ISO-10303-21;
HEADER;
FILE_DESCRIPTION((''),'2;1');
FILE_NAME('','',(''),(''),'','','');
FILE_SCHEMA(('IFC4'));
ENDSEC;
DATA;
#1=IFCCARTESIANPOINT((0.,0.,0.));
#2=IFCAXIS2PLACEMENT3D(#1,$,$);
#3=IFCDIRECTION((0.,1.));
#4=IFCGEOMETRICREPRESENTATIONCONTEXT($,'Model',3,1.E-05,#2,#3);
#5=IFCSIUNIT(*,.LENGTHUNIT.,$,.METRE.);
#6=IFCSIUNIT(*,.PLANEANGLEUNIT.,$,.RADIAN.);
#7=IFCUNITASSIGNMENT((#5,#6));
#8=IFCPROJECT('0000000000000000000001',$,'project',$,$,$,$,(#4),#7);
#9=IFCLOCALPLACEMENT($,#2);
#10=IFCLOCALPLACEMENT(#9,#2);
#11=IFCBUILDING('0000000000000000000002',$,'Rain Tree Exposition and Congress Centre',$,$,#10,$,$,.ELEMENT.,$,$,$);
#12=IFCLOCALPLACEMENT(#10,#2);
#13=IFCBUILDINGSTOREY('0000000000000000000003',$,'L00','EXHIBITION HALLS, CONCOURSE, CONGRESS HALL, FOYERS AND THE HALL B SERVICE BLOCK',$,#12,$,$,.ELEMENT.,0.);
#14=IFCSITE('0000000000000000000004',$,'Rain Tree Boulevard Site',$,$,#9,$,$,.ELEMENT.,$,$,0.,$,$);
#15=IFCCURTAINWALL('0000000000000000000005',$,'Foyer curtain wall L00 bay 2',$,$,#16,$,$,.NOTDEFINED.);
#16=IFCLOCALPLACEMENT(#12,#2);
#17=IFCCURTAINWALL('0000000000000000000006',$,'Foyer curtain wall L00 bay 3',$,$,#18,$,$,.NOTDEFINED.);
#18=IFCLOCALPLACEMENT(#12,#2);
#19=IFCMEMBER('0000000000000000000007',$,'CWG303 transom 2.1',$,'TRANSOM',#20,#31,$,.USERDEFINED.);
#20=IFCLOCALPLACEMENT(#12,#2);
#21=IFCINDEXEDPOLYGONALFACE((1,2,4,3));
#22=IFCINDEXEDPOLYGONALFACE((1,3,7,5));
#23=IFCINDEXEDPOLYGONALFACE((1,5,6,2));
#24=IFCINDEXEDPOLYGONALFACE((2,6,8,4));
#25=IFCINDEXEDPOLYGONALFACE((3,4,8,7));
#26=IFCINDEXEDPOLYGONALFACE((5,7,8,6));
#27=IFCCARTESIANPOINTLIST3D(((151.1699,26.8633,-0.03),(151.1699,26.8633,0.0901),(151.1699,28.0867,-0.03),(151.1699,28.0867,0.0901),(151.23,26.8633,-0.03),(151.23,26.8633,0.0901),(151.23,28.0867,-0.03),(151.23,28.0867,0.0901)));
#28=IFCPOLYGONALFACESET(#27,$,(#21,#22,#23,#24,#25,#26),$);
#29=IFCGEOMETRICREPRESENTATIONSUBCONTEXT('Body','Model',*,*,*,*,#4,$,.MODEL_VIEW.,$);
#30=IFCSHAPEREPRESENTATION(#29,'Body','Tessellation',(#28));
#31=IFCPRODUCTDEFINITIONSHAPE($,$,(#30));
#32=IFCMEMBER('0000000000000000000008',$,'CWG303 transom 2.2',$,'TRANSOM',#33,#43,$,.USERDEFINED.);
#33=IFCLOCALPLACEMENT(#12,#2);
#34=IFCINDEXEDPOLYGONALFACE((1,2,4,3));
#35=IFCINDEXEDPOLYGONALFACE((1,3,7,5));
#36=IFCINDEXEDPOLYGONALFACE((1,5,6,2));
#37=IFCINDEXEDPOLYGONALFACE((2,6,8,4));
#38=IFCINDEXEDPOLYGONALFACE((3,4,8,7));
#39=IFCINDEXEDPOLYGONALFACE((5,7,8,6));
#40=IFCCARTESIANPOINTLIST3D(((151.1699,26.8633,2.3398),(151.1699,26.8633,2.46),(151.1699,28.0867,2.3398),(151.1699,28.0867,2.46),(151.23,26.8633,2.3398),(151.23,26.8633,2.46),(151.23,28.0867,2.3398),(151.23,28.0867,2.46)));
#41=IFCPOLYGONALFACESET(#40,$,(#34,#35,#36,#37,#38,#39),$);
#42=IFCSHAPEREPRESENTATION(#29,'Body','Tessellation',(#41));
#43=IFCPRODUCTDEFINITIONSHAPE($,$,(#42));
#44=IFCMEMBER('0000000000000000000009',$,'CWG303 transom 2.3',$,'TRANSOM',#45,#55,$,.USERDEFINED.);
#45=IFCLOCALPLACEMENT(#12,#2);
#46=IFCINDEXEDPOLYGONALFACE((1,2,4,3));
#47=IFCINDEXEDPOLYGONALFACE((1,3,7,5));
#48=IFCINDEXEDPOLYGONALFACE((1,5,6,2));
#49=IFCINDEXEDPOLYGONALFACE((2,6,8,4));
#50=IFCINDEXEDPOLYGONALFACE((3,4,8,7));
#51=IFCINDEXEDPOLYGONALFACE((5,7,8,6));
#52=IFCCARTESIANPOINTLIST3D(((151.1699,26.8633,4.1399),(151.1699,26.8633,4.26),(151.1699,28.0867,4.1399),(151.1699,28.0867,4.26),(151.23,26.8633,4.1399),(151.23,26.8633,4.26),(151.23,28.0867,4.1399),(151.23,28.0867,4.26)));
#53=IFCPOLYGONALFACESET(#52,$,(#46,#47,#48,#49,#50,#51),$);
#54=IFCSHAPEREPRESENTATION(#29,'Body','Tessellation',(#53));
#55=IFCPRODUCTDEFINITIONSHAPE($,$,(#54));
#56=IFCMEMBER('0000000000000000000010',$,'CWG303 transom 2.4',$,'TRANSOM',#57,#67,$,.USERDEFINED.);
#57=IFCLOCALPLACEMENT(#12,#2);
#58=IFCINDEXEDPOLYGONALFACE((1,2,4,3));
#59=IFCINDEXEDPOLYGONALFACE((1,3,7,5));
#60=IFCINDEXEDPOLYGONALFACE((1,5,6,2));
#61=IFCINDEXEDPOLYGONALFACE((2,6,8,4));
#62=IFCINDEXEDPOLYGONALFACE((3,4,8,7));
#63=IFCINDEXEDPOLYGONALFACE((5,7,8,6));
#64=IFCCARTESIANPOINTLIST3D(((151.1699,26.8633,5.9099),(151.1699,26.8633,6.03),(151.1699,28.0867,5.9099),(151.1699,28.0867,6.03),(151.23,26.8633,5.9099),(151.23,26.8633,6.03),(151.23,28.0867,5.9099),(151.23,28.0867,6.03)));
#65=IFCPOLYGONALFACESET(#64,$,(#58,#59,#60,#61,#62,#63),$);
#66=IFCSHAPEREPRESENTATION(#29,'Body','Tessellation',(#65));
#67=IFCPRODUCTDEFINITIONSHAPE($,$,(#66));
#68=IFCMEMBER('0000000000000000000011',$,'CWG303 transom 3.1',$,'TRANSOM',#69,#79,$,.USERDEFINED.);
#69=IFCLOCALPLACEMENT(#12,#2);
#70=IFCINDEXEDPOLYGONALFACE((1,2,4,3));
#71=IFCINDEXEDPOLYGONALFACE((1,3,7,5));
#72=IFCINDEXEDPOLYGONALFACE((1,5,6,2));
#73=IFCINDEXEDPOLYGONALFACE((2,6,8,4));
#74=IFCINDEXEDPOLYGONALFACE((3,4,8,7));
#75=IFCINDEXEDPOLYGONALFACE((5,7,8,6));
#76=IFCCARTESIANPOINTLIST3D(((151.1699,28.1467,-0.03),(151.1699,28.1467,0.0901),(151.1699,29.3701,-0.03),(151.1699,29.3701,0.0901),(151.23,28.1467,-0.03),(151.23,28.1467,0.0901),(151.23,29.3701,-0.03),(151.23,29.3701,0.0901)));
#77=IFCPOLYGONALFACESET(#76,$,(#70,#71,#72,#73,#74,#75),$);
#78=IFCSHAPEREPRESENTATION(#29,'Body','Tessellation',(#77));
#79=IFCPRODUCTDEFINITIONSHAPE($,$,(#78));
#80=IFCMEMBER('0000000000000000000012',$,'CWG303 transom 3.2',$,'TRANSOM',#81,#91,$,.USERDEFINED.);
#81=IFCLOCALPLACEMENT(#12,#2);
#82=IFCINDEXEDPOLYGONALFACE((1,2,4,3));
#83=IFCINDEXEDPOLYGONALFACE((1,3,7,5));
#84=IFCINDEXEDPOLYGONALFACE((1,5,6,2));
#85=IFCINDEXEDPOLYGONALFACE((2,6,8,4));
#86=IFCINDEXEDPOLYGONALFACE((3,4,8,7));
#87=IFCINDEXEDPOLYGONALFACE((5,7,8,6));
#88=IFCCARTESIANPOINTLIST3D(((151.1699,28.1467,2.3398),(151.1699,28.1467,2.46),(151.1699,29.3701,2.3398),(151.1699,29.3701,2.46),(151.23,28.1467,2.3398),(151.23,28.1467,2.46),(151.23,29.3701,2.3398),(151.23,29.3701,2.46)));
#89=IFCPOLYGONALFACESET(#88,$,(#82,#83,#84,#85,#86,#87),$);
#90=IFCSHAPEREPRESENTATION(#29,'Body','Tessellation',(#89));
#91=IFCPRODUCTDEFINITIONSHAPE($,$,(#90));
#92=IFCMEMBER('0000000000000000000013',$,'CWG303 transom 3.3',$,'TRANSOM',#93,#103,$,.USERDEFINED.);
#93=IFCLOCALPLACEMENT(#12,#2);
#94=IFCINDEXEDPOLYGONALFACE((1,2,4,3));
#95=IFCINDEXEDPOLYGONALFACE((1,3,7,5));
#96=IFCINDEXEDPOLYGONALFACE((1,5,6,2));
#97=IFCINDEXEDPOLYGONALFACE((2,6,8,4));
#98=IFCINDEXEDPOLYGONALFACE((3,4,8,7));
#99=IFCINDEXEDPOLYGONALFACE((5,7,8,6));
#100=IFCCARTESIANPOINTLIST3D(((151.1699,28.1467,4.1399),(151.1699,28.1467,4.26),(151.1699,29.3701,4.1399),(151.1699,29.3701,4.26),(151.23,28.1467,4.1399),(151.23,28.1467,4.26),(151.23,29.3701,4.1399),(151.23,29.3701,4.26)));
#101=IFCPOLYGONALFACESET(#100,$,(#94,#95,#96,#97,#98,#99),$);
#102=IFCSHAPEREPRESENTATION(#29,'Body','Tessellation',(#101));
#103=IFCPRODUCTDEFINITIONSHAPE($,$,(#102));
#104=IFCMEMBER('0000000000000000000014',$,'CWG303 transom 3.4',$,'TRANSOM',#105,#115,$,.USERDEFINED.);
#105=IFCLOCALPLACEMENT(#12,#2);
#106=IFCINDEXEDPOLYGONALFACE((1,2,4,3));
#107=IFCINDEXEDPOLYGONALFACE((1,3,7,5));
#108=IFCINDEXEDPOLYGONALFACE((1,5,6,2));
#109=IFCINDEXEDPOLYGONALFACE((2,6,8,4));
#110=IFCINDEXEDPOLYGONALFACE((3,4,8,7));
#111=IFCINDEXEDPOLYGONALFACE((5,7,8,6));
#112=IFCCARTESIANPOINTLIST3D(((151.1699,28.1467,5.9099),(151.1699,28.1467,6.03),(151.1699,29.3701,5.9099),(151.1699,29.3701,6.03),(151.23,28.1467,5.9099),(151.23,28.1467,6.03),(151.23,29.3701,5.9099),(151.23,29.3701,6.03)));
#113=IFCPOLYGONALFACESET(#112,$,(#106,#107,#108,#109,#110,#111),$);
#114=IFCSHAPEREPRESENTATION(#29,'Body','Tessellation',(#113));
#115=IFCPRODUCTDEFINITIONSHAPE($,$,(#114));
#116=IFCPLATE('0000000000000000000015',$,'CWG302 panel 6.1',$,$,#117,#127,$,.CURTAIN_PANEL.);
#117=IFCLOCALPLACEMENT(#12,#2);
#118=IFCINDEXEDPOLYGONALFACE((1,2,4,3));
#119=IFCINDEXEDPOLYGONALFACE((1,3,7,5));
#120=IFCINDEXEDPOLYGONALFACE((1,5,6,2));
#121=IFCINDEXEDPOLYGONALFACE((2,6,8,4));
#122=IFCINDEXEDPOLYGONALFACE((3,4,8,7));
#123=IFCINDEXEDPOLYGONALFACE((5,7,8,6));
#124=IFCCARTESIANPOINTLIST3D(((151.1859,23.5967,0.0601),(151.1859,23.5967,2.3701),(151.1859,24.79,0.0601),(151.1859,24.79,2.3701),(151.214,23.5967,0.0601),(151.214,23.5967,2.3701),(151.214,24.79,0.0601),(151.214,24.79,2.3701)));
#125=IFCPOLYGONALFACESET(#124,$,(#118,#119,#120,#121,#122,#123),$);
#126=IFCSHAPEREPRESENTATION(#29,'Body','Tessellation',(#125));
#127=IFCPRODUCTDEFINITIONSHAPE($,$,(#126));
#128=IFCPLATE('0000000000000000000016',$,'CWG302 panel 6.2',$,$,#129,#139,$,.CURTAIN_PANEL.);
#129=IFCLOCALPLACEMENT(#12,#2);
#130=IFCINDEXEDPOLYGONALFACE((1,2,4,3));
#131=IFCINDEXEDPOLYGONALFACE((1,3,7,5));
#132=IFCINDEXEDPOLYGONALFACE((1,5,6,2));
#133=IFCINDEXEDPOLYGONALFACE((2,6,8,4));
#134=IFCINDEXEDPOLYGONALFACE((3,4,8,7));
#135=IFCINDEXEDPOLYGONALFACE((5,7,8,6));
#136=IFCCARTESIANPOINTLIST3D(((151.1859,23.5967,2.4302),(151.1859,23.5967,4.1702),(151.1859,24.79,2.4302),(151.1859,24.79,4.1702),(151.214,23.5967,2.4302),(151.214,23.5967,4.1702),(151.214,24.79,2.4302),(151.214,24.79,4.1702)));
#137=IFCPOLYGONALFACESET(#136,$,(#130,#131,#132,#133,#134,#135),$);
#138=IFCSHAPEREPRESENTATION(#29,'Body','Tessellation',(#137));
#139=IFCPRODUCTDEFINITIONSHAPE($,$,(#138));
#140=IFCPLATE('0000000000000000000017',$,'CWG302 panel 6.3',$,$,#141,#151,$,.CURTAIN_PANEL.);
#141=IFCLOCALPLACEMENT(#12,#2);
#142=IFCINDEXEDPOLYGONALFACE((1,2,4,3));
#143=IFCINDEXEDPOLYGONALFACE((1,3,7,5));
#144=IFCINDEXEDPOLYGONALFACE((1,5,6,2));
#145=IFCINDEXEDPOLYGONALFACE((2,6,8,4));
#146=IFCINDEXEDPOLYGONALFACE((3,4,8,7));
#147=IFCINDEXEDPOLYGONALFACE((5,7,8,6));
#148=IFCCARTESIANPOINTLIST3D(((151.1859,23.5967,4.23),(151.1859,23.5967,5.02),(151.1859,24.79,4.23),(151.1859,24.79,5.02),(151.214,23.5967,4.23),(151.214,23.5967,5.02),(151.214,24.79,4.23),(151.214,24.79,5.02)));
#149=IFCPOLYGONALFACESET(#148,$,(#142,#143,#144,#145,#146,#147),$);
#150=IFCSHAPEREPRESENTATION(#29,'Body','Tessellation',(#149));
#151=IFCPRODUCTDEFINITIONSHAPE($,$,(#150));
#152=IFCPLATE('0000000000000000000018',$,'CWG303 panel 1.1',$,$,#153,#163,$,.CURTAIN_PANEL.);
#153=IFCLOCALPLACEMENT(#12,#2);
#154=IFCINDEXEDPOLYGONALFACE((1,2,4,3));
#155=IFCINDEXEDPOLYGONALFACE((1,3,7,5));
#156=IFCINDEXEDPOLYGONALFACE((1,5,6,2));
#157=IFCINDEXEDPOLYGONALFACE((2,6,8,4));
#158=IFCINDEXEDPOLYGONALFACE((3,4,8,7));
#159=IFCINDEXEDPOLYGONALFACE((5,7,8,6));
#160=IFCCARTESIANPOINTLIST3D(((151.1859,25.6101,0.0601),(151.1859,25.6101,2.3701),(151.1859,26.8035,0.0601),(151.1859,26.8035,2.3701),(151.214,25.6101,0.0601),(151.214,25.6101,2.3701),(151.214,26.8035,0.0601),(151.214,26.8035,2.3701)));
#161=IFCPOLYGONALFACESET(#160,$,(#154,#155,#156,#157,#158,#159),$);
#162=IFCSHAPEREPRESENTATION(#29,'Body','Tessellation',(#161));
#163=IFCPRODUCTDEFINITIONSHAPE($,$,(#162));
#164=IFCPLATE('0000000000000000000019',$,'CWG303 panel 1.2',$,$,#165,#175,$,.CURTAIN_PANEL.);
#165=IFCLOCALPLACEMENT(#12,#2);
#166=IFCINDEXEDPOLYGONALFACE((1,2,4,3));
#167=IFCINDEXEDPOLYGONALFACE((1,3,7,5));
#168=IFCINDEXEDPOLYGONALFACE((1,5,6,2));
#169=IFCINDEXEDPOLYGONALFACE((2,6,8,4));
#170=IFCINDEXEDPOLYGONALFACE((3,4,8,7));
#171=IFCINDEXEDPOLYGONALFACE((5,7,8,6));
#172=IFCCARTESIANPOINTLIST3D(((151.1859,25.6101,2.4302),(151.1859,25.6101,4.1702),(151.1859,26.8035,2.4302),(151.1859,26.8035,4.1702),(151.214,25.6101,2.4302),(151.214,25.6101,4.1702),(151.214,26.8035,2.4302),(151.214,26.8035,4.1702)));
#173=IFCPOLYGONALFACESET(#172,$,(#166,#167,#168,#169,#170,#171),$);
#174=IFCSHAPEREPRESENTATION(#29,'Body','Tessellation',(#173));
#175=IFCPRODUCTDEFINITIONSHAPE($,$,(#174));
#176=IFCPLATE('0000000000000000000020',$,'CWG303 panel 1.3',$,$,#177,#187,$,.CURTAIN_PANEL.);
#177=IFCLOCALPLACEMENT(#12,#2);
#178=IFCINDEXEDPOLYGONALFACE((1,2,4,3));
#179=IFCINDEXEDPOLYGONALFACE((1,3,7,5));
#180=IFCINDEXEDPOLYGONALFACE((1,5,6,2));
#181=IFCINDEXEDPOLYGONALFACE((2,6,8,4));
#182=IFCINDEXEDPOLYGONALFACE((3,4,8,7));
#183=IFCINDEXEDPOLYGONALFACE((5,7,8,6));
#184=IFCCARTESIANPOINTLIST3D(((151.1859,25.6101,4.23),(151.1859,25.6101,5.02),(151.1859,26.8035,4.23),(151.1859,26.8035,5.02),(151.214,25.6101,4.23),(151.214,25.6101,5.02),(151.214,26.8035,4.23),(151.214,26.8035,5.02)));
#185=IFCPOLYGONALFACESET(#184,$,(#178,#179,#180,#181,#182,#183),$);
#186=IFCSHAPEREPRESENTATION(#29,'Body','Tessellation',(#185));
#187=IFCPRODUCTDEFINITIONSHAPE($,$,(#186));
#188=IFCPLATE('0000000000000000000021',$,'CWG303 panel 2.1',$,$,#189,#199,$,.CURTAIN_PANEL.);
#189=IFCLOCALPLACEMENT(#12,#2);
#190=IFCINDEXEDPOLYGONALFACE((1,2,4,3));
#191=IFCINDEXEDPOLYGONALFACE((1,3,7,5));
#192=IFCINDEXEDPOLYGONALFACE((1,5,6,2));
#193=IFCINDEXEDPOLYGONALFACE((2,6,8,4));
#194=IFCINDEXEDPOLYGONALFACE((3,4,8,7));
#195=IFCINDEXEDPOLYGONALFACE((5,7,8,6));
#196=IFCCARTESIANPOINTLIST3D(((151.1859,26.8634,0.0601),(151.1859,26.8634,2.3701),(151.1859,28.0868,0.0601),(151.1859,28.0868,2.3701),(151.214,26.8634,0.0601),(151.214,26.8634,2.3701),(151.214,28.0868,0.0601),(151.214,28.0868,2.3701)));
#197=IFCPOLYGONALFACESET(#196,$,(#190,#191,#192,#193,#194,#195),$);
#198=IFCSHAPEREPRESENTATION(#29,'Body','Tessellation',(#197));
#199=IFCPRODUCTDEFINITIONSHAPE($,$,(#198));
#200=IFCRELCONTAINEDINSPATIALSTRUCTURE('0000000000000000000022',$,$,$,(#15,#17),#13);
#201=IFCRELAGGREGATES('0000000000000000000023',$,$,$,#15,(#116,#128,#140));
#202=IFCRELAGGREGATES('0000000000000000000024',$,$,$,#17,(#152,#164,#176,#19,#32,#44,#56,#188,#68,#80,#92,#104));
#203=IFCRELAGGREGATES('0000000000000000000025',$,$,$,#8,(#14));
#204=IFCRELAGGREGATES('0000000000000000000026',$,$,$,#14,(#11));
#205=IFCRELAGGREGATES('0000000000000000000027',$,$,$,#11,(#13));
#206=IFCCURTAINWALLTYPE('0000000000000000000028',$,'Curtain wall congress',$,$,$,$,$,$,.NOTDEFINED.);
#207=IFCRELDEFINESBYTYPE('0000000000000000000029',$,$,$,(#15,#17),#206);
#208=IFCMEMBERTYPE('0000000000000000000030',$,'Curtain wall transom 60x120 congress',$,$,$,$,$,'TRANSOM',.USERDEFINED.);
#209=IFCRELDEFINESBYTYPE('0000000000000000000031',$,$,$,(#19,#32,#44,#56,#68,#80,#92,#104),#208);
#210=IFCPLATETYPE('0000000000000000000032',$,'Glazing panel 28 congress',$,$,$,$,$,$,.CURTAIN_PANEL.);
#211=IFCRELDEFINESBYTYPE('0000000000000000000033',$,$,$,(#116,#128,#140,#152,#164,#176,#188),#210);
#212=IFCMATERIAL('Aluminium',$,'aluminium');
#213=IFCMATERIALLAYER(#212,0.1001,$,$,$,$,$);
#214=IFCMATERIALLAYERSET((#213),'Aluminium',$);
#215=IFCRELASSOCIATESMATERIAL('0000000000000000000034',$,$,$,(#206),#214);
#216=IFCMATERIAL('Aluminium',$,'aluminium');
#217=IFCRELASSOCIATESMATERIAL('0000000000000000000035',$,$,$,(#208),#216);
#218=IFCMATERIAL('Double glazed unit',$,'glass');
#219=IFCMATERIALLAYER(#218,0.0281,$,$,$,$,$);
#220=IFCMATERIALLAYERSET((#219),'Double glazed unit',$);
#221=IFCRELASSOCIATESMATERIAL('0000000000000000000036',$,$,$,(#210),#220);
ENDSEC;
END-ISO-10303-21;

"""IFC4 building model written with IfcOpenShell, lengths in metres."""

from ifc_helpers import new_model, si_unit, direction, frame, origin, origin_2d, place, context, subcontext, project, spatial, rectangle, extrude, material, layer, layer_set, material_profile, profile_set, type_object, element, aggregate, save


model = new_model("IFC4")

# Units and contexts
model_context = context("Model", 3, precision=1e-05, world=origin(), true_north=direction((0.0, 1.0)))
body_context = subcontext(model_context, "Body", "Model", "MODEL_VIEW")
ifc_project = project(units=[si_unit("LENGTHUNIT", "METRE"), si_unit("PLANEANGLEUNIT", "RADIAN")], contexts=[model_context])

# Site, building, storey
site_placement = place(None, origin())
site = spatial("IfcSite", under=ifc_project, at=site_placement, Name="Rain Tree Boulevard Site", CompositionType="ELEMENT", RefElevation=0.0)
building_placement = place(site_placement, origin())
building = spatial("IfcBuilding", under=site, at=building_placement, Name="Rain Tree Exposition and Congress Centre", CompositionType="ELEMENT")
storey_placement = place(building_placement, origin())
storey = spatial("IfcBuildingStorey", under=building, at=storey_placement, Name="L00", Description="EXHIBITION HALLS, CONCOURSE, CONGRESS HALL, FOYERS AND THE HALL B SERVICE BLOCK", CompositionType="ELEMENT", Elevation=0.0)

# Curtain wall
ifc_material_1 = material(Name="Aluminium", Category="aluminium")
ifc_layer_1 = layer(ifc_material_1, 0.1001)
ifc_layer_set_1 = layer_set([ifc_layer_1], Name="Aluminium")
curtain_wall_type = type_object("IfcCurtainWallType", Name="Curtain wall congress", PredefinedType="NOTDEFINED", material=ifc_layer_set_1)
curtain_wall_1_placement = place(storey_placement, origin())
curtain_wall_1 = element("IfcCurtainWall", 1, at=curtain_wall_1_placement, inside=storey, type_object=curtain_wall_type, Name="Foyer curtain wall L00 bay 2", PredefinedType="NOTDEFINED")

# Curtain wall
curtain_wall_2_placement = place(storey_placement, origin())
curtain_wall_2 = element("IfcCurtainWall", 2, at=curtain_wall_2_placement, inside=storey, type_object=curtain_wall_type, Name="Foyer curtain wall L00 bay 3", PredefinedType="NOTDEFINED")

# Members
ifc_material_2 = material(Name="Aluminium", Category="aluminium")
ifc_material_profile_1 = material_profile(ifc_material_2, rectangle(XDim=0.0601, YDim=0.1201, at=origin_2d()), Name="AL 60x120")
ifc_profile_set_1 = profile_set([ifc_material_profile_1], Name="Aluminium")
member_type_1 = type_object("IfcMemberType", Name="Curtain wall transom 60x120 congress", ElementType="TRANSOM", PredefinedType="USERDEFINED", material=ifc_profile_set_1)
member_1_placement = place(storey_placement, frame((151.2, 26.8633, 0.03), z_axis=(0.0, 1.0, 0.0), x_axis=(-1.0, 0.0, 0.0)))
member_1 = element("IfcMember", 3, at=member_1_placement, type_object=member_type_1, Name="CWG303 transom 2.1", ObjectType="TRANSOM", PredefinedType="USERDEFINED", context=body_context, shape_type="SweptSolid", body=[
    extrude(rectangle(XDim=0.0601, YDim=0.1201, at=origin_2d()), origin(), (0.0, 0.0, 1.0), 1.2234),
])
member_2_placement = place(storey_placement, frame((151.2, 26.8633, 2.3999), z_axis=(0.0, 1.0, 0.0), x_axis=(-1.0, 0.0, 0.0)))
member_2 = element("IfcMember", 4, at=member_2_placement, type_object=member_type_1, Name="CWG303 transom 2.2", ObjectType="TRANSOM", PredefinedType="USERDEFINED", context=body_context, shape_type="SweptSolid", body=[
    extrude(rectangle(XDim=0.0601, YDim=0.1201, at=origin_2d()), origin(), (0.0, 0.0, 1.0), 1.2234),
])
member_3_placement = place(storey_placement, frame((151.2, 26.8633, 4.2), z_axis=(0.0, 1.0, 0.0), x_axis=(-1.0, 0.0, 0.0)))
member_3 = element("IfcMember", 5, at=member_3_placement, type_object=member_type_1, Name="CWG303 transom 2.3", ObjectType="TRANSOM", PredefinedType="USERDEFINED", context=body_context, shape_type="SweptSolid", body=[
    extrude(rectangle(XDim=0.0601, YDim=0.1201, at=origin_2d()), origin(), (0.0, 0.0, 1.0), 1.2234),
])
member_4_placement = place(storey_placement, frame((151.2, 26.8633, 5.97), z_axis=(0.0, 1.0, 0.0), x_axis=(-1.0, 0.0, 0.0)))
member_4 = element("IfcMember", 6, at=member_4_placement, type_object=member_type_1, Name="CWG303 transom 2.4", ObjectType="TRANSOM", PredefinedType="USERDEFINED", context=body_context, shape_type="SweptSolid", body=[
    extrude(rectangle(XDim=0.0601, YDim=0.1201, at=origin_2d()), origin(), (0.0, 0.0, 1.0), 1.2234),
])
member_5_placement = place(storey_placement, frame((151.2, 28.1467, 0.03), z_axis=(0.0, 1.0, 0.0), x_axis=(-1.0, 0.0, 0.0)))
member_5 = element("IfcMember", 7, at=member_5_placement, type_object=member_type_1, Name="CWG303 transom 3.1", ObjectType="TRANSOM", PredefinedType="USERDEFINED", context=body_context, shape_type="SweptSolid", body=[
    extrude(rectangle(XDim=0.0601, YDim=0.1201, at=origin_2d()), origin(), (0.0, 0.0, 1.0), 1.2234),
])
member_6_placement = place(storey_placement, frame((151.2, 28.1467, 2.3999), z_axis=(0.0, 1.0, 0.0), x_axis=(-1.0, 0.0, 0.0)))
member_6 = element("IfcMember", 8, at=member_6_placement, type_object=member_type_1, Name="CWG303 transom 3.2", ObjectType="TRANSOM", PredefinedType="USERDEFINED", context=body_context, shape_type="SweptSolid", body=[
    extrude(rectangle(XDim=0.0601, YDim=0.1201, at=origin_2d()), origin(), (0.0, 0.0, 1.0), 1.2234),
])
member_7_placement = place(storey_placement, frame((151.2, 28.1467, 4.2), z_axis=(0.0, 1.0, 0.0), x_axis=(-1.0, 0.0, 0.0)))
member_7 = element("IfcMember", 9, at=member_7_placement, type_object=member_type_1, Name="CWG303 transom 3.3", ObjectType="TRANSOM", PredefinedType="USERDEFINED", context=body_context, shape_type="SweptSolid", body=[
    extrude(rectangle(XDim=0.0601, YDim=0.1201, at=origin_2d()), origin(), (0.0, 0.0, 1.0), 1.2234),
])
member_8_placement = place(storey_placement, frame((151.2, 28.1467, 5.97), z_axis=(0.0, 1.0, 0.0), x_axis=(-1.0, 0.0, 0.0)))
member_8 = element("IfcMember", 10, at=member_8_placement, type_object=member_type_1, Name="CWG303 transom 3.4", ObjectType="TRANSOM", PredefinedType="USERDEFINED", context=body_context, shape_type="SweptSolid", body=[
    extrude(rectangle(XDim=0.0601, YDim=0.1201, at=origin_2d()), origin(), (0.0, 0.0, 1.0), 1.2234),
])

# Plates
ifc_material_3 = material(Name="Double glazed unit", Category="glass")
ifc_layer_2 = layer(ifc_material_3, 0.0281)
ifc_layer_set_2 = layer_set([ifc_layer_2], Name="Double glazed unit")
plate_type = type_object("IfcPlateType", Name="Glazing panel 28 congress", PredefinedType="CURTAIN_PANEL", material=ifc_layer_set_2)
plate_1_placement = place(storey_placement, frame((151.2, 24.1934, 0.0601), z_axis=(0.0, 0.0, 1.0), x_axis=(0.0, 1.0, 0.0)))
plate_1 = element("IfcPlate", 11, at=plate_1_placement, type_object=plate_type, Name="CWG302 panel 6.1", PredefinedType="CURTAIN_PANEL", context=body_context, shape_type="SweptSolid", body=[
    extrude(rectangle(XDim=1.1934, YDim=0.0281, at=origin_2d()), origin(), (0.0, 0.0, 1.0), 2.3101),
])
plate_2_placement = place(storey_placement, frame((151.2, 24.1934, 2.4302), z_axis=(0.0, 0.0, 1.0), x_axis=(0.0, 1.0, 0.0)))
plate_2 = element("IfcPlate", 12, at=plate_2_placement, type_object=plate_type, Name="CWG302 panel 6.2", PredefinedType="CURTAIN_PANEL", context=body_context, shape_type="SweptSolid", body=[
    extrude(rectangle(XDim=1.1934, YDim=0.0281, at=origin_2d()), origin(), (0.0, 0.0, 1.0), 1.74),
])
plate_3_placement = place(storey_placement, frame((151.2, 24.1934, 4.23), z_axis=(0.0, 0.0, 1.0), x_axis=(0.0, 1.0, 0.0)))
plate_3 = element("IfcPlate", 13, at=plate_3_placement, type_object=plate_type, Name="CWG302 panel 6.3", PredefinedType="CURTAIN_PANEL", context=body_context, shape_type="SweptSolid", body=[
    extrude(rectangle(XDim=1.1934, YDim=0.0281, at=origin_2d()), origin(), (0.0, 0.0, 1.0), 0.79),
])
aggregate(curtain_wall_1, [plate_1, plate_2, plate_3])
plate_4_placement = place(storey_placement, frame((151.2, 26.2068, 0.0601), z_axis=(0.0, 0.0, 1.0), x_axis=(0.0, 1.0, 0.0)))
plate_4 = element("IfcPlate", 14, at=plate_4_placement, type_object=plate_type, Name="CWG303 panel 1.1", PredefinedType="CURTAIN_PANEL", context=body_context, shape_type="SweptSolid", body=[
    extrude(rectangle(XDim=1.1934, YDim=0.0281, at=origin_2d()), origin(), (0.0, 0.0, 1.0), 2.3101),
])
plate_5_placement = place(storey_placement, frame((151.2, 26.2068, 2.4302), z_axis=(0.0, 0.0, 1.0), x_axis=(0.0, 1.0, 0.0)))
plate_5 = element("IfcPlate", 15, at=plate_5_placement, type_object=plate_type, Name="CWG303 panel 1.2", PredefinedType="CURTAIN_PANEL", context=body_context, shape_type="SweptSolid", body=[
    extrude(rectangle(XDim=1.1934, YDim=0.0281, at=origin_2d()), origin(), (0.0, 0.0, 1.0), 1.74),
])
plate_6_placement = place(storey_placement, frame((151.2, 26.2068, 4.23), z_axis=(0.0, 0.0, 1.0), x_axis=(0.0, 1.0, 0.0)))
plate_6 = element("IfcPlate", 16, at=plate_6_placement, type_object=plate_type, Name="CWG303 panel 1.3", PredefinedType="CURTAIN_PANEL", context=body_context, shape_type="SweptSolid", body=[
    extrude(rectangle(XDim=1.1934, YDim=0.0281, at=origin_2d()), origin(), (0.0, 0.0, 1.0), 0.79),
])
plate_7_placement = place(storey_placement, frame((151.2, 27.4751, 0.0601), z_axis=(0.0, 0.0, 1.0), x_axis=(0.0, 1.0, 0.0)))
plate_7 = element("IfcPlate", 17, at=plate_7_placement, type_object=plate_type, Name="CWG303 panel 2.1", PredefinedType="CURTAIN_PANEL", context=body_context, shape_type="SweptSolid", body=[
    extrude(rectangle(XDim=1.2234, YDim=0.0281, at=origin_2d()), origin(), (0.0, 0.0, 1.0), 2.3101),
])
aggregate(curtain_wall_2, [plate_4, plate_5, plate_6, member_1, member_2, member_3, member_4, plate_7, member_5, member_6, member_7, member_8])

save(model, "model.ifc")
